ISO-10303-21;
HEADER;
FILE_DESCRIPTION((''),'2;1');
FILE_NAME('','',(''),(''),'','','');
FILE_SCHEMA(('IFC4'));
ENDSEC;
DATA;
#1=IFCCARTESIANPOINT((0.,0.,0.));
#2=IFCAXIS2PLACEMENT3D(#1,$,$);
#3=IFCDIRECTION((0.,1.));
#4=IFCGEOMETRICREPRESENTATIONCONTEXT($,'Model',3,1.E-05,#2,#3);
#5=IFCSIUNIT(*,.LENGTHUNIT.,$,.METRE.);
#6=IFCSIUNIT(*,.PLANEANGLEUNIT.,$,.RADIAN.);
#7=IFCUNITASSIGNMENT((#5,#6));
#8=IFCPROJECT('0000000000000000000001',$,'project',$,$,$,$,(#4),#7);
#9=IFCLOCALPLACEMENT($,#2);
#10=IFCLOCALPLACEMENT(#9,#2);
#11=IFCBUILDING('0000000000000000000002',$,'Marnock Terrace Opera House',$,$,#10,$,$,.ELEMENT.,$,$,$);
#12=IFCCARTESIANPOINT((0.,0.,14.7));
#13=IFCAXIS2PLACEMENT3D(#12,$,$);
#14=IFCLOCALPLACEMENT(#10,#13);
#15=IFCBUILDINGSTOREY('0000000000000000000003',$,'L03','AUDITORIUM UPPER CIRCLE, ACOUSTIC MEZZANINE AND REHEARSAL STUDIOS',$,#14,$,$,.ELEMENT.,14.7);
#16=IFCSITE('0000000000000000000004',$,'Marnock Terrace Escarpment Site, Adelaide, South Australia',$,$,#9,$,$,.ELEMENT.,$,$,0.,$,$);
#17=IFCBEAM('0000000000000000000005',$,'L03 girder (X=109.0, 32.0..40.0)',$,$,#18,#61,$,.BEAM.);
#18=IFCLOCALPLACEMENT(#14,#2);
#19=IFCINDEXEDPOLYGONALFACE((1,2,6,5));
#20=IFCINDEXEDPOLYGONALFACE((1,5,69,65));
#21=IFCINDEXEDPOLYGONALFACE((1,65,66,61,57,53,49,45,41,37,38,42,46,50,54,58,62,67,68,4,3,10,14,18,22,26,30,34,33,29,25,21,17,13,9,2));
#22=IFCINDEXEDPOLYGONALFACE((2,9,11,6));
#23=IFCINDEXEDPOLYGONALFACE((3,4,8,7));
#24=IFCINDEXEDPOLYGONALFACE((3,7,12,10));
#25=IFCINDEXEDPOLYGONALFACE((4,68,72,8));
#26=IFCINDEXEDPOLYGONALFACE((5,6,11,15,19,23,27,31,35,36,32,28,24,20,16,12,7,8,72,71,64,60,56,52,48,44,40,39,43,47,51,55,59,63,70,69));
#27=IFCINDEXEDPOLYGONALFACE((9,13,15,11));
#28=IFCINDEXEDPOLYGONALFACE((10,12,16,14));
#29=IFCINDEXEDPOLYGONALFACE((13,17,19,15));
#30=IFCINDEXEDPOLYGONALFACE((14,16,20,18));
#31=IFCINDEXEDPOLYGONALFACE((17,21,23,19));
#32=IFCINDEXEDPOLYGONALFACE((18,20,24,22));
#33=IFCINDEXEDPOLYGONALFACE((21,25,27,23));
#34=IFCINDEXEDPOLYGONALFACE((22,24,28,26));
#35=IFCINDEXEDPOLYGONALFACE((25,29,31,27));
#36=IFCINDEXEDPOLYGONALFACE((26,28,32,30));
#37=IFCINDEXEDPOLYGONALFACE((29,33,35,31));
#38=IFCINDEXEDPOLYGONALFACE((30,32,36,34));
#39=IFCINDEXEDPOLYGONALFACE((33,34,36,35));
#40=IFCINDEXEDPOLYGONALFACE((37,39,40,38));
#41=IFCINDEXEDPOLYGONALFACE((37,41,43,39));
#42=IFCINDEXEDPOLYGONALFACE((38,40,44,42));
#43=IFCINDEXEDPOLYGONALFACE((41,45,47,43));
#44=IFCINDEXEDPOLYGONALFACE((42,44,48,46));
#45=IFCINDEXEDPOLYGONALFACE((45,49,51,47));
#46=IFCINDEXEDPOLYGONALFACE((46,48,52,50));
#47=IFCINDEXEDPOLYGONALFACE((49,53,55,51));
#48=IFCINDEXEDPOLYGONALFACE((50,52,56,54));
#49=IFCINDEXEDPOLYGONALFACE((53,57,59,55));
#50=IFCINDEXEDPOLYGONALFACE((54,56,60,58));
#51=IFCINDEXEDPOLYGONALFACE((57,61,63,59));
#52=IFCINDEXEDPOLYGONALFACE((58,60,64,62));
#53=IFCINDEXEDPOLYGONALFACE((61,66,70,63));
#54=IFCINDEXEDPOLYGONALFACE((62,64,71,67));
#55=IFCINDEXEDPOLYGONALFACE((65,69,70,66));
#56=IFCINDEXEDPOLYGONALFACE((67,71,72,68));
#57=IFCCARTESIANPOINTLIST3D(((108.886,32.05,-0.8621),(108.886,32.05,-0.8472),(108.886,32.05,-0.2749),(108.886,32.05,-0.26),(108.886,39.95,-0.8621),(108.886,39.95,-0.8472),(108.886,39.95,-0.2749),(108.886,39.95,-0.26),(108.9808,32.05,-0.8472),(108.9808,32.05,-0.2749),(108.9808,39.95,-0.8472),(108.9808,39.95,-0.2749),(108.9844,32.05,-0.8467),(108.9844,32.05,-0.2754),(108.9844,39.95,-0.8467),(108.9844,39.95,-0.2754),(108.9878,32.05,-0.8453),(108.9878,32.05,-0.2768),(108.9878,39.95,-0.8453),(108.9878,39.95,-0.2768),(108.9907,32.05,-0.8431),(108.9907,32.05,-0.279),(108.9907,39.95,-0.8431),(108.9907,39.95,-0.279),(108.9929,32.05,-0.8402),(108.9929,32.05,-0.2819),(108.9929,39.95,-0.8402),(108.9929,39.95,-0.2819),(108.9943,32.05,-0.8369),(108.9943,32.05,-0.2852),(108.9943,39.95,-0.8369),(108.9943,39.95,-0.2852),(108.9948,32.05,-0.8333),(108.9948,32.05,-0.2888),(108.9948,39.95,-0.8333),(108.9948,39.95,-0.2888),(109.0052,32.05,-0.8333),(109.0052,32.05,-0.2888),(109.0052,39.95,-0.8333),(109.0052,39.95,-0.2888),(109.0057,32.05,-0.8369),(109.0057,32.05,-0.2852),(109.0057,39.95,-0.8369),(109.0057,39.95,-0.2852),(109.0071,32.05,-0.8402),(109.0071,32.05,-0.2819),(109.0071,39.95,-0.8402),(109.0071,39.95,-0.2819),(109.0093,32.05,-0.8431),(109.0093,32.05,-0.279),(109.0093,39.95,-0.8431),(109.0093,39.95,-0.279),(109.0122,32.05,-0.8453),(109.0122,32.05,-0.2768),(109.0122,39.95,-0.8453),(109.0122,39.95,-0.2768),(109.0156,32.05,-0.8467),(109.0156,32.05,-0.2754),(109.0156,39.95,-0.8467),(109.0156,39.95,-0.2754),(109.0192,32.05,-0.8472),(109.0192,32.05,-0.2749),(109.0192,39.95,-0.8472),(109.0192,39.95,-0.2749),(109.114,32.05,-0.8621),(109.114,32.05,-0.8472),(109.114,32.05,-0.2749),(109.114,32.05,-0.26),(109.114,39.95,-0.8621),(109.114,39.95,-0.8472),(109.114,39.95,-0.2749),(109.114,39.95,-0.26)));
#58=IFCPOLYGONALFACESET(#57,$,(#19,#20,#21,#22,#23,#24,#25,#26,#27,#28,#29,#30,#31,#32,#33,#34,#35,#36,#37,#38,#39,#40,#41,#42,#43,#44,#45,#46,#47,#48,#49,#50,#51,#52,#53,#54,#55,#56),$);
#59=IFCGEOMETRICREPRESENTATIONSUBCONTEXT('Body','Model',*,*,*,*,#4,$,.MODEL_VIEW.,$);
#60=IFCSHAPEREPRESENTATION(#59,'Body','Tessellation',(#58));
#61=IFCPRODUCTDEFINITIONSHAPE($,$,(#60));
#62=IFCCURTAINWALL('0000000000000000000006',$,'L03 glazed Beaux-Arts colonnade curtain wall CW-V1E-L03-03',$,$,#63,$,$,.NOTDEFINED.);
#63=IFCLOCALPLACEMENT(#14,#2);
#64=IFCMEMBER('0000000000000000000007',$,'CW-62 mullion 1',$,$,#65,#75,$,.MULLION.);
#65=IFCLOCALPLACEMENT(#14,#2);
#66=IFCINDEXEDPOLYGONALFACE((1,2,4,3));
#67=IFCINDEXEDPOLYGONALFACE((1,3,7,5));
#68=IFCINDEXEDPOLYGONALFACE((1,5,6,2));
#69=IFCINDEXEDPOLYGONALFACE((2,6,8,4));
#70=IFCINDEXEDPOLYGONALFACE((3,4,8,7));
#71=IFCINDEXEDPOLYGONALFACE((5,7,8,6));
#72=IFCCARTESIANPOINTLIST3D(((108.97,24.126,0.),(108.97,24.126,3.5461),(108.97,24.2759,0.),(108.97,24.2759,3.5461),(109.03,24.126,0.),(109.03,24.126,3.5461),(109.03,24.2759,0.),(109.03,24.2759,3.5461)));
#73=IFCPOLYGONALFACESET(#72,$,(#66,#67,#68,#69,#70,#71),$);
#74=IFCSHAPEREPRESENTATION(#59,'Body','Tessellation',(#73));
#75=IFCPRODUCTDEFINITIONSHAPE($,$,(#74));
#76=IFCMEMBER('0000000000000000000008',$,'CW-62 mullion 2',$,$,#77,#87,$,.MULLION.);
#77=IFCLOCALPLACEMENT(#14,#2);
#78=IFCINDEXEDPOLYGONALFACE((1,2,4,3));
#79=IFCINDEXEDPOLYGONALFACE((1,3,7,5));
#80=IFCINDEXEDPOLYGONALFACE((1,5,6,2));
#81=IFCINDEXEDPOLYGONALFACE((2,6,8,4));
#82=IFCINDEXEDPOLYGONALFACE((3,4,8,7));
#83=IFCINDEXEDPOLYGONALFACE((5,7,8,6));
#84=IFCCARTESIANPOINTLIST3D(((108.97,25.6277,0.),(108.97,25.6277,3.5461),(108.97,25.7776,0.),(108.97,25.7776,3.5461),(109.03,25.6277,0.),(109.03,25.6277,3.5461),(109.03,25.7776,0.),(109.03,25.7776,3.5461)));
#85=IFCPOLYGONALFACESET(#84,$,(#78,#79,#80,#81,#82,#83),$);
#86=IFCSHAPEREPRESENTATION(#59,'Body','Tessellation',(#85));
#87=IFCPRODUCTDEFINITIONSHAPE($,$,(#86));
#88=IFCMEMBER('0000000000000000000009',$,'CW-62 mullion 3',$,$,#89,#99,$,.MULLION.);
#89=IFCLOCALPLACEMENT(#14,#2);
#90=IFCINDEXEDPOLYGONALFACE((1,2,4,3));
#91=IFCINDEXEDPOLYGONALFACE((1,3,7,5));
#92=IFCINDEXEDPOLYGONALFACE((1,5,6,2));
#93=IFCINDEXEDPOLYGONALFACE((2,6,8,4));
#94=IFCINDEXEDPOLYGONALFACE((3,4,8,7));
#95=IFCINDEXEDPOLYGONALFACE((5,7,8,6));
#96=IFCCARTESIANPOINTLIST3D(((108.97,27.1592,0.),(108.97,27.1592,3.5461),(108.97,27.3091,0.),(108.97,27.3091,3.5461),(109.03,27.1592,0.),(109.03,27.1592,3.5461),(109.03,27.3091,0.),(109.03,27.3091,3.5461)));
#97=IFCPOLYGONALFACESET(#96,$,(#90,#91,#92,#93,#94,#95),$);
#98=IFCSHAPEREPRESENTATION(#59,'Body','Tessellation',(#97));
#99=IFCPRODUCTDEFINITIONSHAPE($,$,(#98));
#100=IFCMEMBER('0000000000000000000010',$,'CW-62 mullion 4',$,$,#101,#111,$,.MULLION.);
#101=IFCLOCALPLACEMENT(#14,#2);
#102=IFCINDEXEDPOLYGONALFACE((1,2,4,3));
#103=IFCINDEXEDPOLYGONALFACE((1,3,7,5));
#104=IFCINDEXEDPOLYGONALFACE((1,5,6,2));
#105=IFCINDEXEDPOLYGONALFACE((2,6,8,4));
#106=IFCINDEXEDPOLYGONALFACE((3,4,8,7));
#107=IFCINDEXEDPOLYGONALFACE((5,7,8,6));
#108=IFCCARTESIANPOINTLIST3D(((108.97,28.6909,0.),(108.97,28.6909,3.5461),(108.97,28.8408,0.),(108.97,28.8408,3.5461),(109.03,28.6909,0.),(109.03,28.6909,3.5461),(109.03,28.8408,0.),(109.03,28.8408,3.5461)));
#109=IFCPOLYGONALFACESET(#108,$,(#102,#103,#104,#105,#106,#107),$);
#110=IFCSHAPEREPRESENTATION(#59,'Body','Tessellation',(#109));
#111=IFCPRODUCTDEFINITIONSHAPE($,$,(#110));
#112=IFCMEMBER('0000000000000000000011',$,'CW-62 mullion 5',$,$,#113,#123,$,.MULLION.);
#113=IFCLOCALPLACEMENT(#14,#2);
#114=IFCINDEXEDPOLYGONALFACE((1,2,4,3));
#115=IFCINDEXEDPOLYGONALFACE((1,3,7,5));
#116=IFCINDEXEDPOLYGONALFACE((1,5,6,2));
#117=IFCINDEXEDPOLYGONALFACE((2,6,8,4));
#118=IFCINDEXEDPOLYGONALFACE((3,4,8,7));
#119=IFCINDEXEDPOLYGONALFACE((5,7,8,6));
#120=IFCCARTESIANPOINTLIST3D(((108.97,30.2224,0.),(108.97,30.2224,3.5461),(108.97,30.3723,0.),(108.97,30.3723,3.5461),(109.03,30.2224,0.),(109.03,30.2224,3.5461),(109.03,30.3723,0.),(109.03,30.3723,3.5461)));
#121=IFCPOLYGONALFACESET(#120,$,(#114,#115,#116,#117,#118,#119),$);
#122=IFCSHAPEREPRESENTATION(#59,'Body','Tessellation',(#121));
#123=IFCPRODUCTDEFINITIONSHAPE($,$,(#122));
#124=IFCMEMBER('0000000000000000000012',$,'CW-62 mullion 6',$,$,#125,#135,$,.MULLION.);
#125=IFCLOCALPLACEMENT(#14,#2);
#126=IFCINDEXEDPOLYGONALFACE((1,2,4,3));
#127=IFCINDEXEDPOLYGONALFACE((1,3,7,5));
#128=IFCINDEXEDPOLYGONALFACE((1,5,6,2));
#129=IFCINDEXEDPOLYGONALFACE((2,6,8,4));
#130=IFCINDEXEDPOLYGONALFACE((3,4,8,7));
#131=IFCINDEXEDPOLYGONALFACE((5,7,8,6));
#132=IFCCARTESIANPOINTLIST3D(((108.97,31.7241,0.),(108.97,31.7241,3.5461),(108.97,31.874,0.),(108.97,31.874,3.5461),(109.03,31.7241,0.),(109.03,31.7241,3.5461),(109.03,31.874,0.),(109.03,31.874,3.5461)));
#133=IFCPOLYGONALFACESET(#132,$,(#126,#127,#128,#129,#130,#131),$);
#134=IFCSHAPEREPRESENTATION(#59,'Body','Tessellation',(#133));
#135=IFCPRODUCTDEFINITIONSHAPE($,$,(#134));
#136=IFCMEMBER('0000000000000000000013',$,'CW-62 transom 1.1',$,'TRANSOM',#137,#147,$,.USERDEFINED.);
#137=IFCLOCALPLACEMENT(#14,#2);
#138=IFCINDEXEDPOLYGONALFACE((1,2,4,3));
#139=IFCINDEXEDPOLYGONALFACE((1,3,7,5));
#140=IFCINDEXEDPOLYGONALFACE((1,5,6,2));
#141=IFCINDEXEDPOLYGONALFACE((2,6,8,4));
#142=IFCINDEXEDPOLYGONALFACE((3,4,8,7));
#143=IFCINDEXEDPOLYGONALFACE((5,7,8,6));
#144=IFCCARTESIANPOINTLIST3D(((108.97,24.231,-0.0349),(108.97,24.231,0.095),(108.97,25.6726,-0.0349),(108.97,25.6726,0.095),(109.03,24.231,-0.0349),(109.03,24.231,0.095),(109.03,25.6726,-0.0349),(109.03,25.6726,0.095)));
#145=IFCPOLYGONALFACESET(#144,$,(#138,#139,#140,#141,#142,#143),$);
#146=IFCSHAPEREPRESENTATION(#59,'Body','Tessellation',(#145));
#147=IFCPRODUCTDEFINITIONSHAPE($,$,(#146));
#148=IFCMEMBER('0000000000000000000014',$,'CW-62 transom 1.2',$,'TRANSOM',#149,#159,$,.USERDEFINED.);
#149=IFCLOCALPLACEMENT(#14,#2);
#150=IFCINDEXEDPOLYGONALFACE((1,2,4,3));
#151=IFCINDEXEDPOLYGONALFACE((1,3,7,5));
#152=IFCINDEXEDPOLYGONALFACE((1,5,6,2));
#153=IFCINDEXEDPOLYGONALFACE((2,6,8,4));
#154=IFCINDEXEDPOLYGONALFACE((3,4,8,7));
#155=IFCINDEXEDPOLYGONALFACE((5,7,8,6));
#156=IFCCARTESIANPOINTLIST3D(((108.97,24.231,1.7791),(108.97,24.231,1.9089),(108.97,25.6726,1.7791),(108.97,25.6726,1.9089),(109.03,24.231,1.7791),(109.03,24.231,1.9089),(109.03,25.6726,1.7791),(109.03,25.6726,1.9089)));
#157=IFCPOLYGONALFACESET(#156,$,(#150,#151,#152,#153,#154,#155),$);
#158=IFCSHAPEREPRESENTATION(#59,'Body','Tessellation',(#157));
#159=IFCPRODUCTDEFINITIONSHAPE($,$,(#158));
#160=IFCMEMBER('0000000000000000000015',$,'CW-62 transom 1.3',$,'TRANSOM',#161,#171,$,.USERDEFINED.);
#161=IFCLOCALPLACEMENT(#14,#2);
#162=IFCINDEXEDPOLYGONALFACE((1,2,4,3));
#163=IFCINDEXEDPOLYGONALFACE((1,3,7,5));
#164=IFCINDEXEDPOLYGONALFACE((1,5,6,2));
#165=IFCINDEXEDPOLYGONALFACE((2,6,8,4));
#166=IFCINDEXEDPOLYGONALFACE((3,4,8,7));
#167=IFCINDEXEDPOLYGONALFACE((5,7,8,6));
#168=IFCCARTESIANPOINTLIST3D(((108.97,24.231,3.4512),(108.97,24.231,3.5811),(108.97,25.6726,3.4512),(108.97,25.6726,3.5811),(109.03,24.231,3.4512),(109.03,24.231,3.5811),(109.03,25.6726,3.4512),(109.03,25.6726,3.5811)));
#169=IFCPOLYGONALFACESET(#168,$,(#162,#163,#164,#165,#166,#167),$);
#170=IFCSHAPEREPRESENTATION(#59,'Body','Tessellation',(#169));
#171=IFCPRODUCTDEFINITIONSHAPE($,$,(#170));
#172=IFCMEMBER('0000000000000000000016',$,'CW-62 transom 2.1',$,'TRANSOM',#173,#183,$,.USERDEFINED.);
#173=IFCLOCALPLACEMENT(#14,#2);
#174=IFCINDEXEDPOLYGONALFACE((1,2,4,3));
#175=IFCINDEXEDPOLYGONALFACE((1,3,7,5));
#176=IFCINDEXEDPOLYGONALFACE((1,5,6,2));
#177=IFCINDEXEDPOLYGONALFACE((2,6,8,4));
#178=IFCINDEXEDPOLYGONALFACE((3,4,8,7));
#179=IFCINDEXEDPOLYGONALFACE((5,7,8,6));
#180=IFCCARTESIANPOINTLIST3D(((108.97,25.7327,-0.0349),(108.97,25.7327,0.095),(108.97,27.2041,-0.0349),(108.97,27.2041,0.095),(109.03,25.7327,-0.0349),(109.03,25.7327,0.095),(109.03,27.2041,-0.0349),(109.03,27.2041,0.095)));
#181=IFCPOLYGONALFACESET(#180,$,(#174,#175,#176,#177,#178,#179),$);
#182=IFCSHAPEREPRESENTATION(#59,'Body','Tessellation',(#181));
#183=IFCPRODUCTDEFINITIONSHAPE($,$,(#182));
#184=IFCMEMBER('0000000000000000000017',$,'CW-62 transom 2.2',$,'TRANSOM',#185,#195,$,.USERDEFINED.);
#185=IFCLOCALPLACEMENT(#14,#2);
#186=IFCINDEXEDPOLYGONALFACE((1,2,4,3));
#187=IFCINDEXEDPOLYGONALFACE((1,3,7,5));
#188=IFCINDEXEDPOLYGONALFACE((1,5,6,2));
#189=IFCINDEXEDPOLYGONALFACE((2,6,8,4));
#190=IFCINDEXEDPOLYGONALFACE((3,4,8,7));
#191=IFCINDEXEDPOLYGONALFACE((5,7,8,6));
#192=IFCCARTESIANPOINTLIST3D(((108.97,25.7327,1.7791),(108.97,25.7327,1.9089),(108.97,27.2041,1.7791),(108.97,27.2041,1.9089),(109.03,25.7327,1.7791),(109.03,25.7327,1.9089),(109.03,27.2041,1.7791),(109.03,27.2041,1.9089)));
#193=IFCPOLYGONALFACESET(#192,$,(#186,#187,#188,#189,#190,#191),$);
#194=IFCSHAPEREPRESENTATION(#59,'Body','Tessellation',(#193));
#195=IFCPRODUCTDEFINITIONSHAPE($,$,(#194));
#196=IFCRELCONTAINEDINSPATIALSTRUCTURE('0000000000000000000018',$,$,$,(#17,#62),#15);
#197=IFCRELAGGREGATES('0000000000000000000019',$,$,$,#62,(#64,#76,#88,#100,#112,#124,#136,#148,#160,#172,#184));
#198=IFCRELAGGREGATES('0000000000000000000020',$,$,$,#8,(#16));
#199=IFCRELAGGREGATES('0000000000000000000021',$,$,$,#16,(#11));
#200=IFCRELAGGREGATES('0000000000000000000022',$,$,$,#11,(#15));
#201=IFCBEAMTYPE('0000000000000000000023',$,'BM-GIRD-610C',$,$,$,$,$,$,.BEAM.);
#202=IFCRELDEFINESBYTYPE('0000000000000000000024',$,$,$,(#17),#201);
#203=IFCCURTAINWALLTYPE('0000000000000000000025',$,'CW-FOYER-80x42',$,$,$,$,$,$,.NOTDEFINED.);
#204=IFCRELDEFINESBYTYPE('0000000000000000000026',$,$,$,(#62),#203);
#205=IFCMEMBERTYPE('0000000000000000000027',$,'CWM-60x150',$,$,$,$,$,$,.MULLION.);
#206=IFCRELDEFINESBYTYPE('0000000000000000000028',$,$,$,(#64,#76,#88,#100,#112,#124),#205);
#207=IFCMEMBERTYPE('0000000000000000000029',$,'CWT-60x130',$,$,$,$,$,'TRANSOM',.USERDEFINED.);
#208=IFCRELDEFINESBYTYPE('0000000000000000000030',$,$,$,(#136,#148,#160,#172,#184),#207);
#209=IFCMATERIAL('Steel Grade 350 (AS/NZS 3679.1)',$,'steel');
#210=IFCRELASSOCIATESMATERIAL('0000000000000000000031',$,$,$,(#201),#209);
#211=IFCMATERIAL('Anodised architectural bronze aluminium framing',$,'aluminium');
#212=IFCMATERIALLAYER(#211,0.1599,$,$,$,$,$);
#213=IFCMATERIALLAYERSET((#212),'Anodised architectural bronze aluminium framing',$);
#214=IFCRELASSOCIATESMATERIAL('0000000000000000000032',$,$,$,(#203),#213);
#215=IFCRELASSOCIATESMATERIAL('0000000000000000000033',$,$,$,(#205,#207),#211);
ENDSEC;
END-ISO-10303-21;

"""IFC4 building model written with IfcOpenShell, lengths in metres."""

from ifc_helpers import new_model, si_unit, direction, frame, origin, origin_2d, place, context, subcontext, project, spatial, rectangle, i_section, extrude, material, layer, layer_set, material_profile, profile_set, type_object, element, aggregate, save


model = new_model("IFC4")

# Units and contexts
model_context = context("Model", 3, precision=1e-05, world=origin(), true_north=direction((0.0, 1.0)))
body_context = subcontext(model_context, "Body", "Model", "MODEL_VIEW")
ifc_project = project(units=[si_unit("LENGTHUNIT", "METRE"), si_unit("PLANEANGLEUNIT", "RADIAN")], contexts=[model_context])

# Site, building, storey
site_placement = place(None, origin())
site = spatial("IfcSite", under=ifc_project, at=site_placement, Name="Marnock Terrace Escarpment Site, Adelaide, South Australia", CompositionType="ELEMENT", RefElevation=0.0)
building_placement = place(site_placement, origin())
building = spatial("IfcBuilding", under=site, at=building_placement, Name="Marnock Terrace Opera House", CompositionType="ELEMENT")
storey_placement = place(building_placement, frame((0.0, 0.0, 14.7)))
storey = spatial("IfcBuildingStorey", under=building, at=storey_placement, Name="L03", Description="AUDITORIUM UPPER CIRCLE, ACOUSTIC MEZZANINE AND REHEARSAL STUDIOS", CompositionType="ELEMENT", Elevation=14.7)

# Beam
ifc_material_1 = material(Name="Steel Grade 350 (AS/NZS 3679.1)", Category="steel")
ifc_material_profile_1 = material_profile(ifc_material_1, i_section(OverallWidth=0.228, OverallDepth=0.6021, WebThickness=0.0105, FlangeThickness=0.0149, FilletRadius=0.0139, at=origin_2d()))
ifc_profile_set_1 = profile_set([ifc_material_profile_1], Name="Steel Grade 350 (AS/NZS 3679.1)")
beam_type = type_object("IfcBeamType", Name="BM-GIRD-610C", PredefinedType="BEAM", material=ifc_profile_set_1)
beam_placement = place(storey_placement, frame((109.0, 32.05, -0.561), z_axis=(0.0, 1.0, 0.0), x_axis=(-1.0, 0.0, 0.0)))
element("IfcBeam", 1, at=beam_placement, inside=storey, type_object=beam_type, Name="L03 girder (X=109.0, 32.0..40.0)", PredefinedType="BEAM", context=body_context, shape_type="SweptSolid", body=[
    extrude(i_section(OverallWidth=0.228, OverallDepth=0.6021, WebThickness=0.0105, FlangeThickness=0.0149, FilletRadius=0.0139, at=origin_2d()), origin(), (0.0, 0.0, 1.0), 7.8999),
])

# Curtain wall, members
ifc_material_2 = material(Name="Anodised architectural bronze aluminium framing", Category="aluminium")
ifc_layer_1 = layer(ifc_material_2, 0.1599)
ifc_layer_set_1 = layer_set([ifc_layer_1], Name="Anodised architectural bronze aluminium framing")
curtain_wall_type = type_object("IfcCurtainWallType", Name="CW-FOYER-80x42", PredefinedType="NOTDEFINED", material=ifc_layer_set_1)
curtain_wall_placement = place(storey_placement, origin())
curtain_wall = element("IfcCurtainWall", 2, at=curtain_wall_placement, inside=storey, type_object=curtain_wall_type, Name="L03 glazed Beaux-Arts colonnade curtain wall CW-V1E-L03-03", PredefinedType="NOTDEFINED")
ifc_material_profile_2 = material_profile(ifc_material_2, rectangle(XDim=0.0601, YDim=0.1499, at=origin_2d()))
ifc_profile_set_2 = profile_set([ifc_material_profile_2], Name="Anodised architectural bronze aluminium framing")
member_type_1 = type_object("IfcMemberType", Name="CWM-60x150", PredefinedType="MULLION", material=ifc_profile_set_2)
member_1_placement = place(storey_placement, frame((109.0, 24.2009, 0.0), z_axis=(0.0, 0.0, 1.0), x_axis=(-1.0, 0.0, 0.0)))
member_1 = element("IfcMember", 3, at=member_1_placement, type_object=member_type_1, Name="CW-62 mullion 1", PredefinedType="MULLION", context=body_context, shape_type="SweptSolid", body=[
    extrude(rectangle(XDim=0.0601, YDim=0.1499, at=origin_2d()), origin(), (0.0, 0.0, 1.0), 3.5461),
])
member_2_placement = place(storey_placement, frame((109.0, 25.7026, 0.0), z_axis=(0.0, 0.0, 1.0), x_axis=(-1.0, 0.0, 0.0)))
member_2 = element("IfcMember", 4, at=member_2_placement, type_object=member_type_1, Name="CW-62 mullion 2", PredefinedType="MULLION", context=body_context, shape_type="SweptSolid", body=[
    extrude(rectangle(XDim=0.0601, YDim=0.1499, at=origin_2d()), origin(), (0.0, 0.0, 1.0), 3.5461),
])
member_3_placement = place(storey_placement, frame((109.0, 27.2341, 0.0), z_axis=(0.0, 0.0, 1.0), x_axis=(-1.0, 0.0, 0.0)))
member_3 = element("IfcMember", 5, at=member_3_placement, type_object=member_type_1, Name="CW-62 mullion 3", PredefinedType="MULLION", context=body_context, shape_type="SweptSolid", body=[
    extrude(rectangle(XDim=0.0601, YDim=0.1499, at=origin_2d()), origin(), (0.0, 0.0, 1.0), 3.5461),
])
member_4_placement = place(storey_placement, frame((109.0, 28.7659, 0.0), z_axis=(0.0, 0.0, 1.0), x_axis=(-1.0, 0.0, 0.0)))
member_4 = element("IfcMember", 6, at=member_4_placement, type_object=member_type_1, Name="CW-62 mullion 4", PredefinedType="MULLION", context=body_context, shape_type="SweptSolid", body=[
    extrude(rectangle(XDim=0.0601, YDim=0.1499, at=origin_2d()), origin(), (0.0, 0.0, 1.0), 3.5461),
])
member_5_placement = place(storey_placement, frame((109.0, 30.2974, 0.0), z_axis=(0.0, 0.0, 1.0), x_axis=(-1.0, 0.0, 0.0)))
member_5 = element("IfcMember", 7, at=member_5_placement, type_object=member_type_1, Name="CW-62 mullion 5", PredefinedType="MULLION", context=body_context, shape_type="SweptSolid", body=[
    extrude(rectangle(XDim=0.0601, YDim=0.1499, at=origin_2d()), origin(), (0.0, 0.0, 1.0), 3.5461),
])
member_6_placement = place(storey_placement, frame((109.0, 31.7991, 0.0), z_axis=(0.0, 0.0, 1.0), x_axis=(-1.0, 0.0, 0.0)))
member_6 = element("IfcMember", 8, at=member_6_placement, type_object=member_type_1, Name="CW-62 mullion 6", PredefinedType="MULLION", context=body_context, shape_type="SweptSolid", body=[
    extrude(rectangle(XDim=0.0601, YDim=0.1499, at=origin_2d()), origin(), (0.0, 0.0, 1.0), 3.5461),
])
ifc_material_profile_3 = material_profile(ifc_material_2, rectangle(XDim=0.0601, YDim=0.1299, at=origin_2d()))
ifc_profile_set_3 = profile_set([ifc_material_profile_3], Name="Anodised architectural bronze aluminium framing")
member_type_2 = type_object("IfcMemberType", Name="CWT-60x130", ElementType="TRANSOM", PredefinedType="USERDEFINED", material=ifc_profile_set_3)
member_7_placement = place(storey_placement, frame((109.0, 24.231, 0.03), z_axis=(0.0, 1.0, 0.0), x_axis=(-1.0, 0.0, 0.0)))
member_7 = element("IfcMember", 9, at=member_7_placement, type_object=member_type_2, Name="CW-62 transom 1.1", ObjectType="TRANSOM", PredefinedType="USERDEFINED", context=body_context, shape_type="SweptSolid", body=[
    extrude(rectangle(XDim=0.0601, YDim=0.1299, at=origin_2d()), origin(), (0.0, 0.0, 1.0), 1.4417),
])
member_8_placement = place(storey_placement, frame((109.0, 24.231, 1.844), z_axis=(0.0, 1.0, 0.0), x_axis=(-1.0, 0.0, 0.0)))
member_8 = element("IfcMember", 10, at=member_8_placement, type_object=member_type_2, Name="CW-62 transom 1.2", ObjectType="TRANSOM", PredefinedType="USERDEFINED", context=body_context, shape_type="SweptSolid", body=[
    extrude(rectangle(XDim=0.0601, YDim=0.1299, at=origin_2d()), origin(), (0.0, 0.0, 1.0), 1.4417),
])
member_9_placement = place(storey_placement, frame((109.0, 24.231, 3.5161), z_axis=(0.0, 1.0, 0.0), x_axis=(-1.0, 0.0, 0.0)))
member_9 = element("IfcMember", 11, at=member_9_placement, type_object=member_type_2, Name="CW-62 transom 1.3", ObjectType="TRANSOM", PredefinedType="USERDEFINED", context=body_context, shape_type="SweptSolid", body=[
    extrude(rectangle(XDim=0.0601, YDim=0.1299, at=origin_2d()), origin(), (0.0, 0.0, 1.0), 1.4417),
])
member_10_placement = place(storey_placement, frame((109.0, 25.7327, 0.03), z_axis=(0.0, 1.0, 0.0), x_axis=(-1.0, 0.0, 0.0)))
member_10 = element("IfcMember", 12, at=member_10_placement, type_object=member_type_2, Name="CW-62 transom 2.1", ObjectType="TRANSOM", PredefinedType="USERDEFINED", context=body_context, shape_type="SweptSolid", body=[
    extrude(rectangle(XDim=0.0601, YDim=0.1299, at=origin_2d()), origin(), (0.0, 0.0, 1.0), 1.4714),
])
member_11_placement = place(storey_placement, frame((109.0, 25.7327, 1.844), z_axis=(0.0, 1.0, 0.0), x_axis=(-1.0, 0.0, 0.0)))
member_11 = element("IfcMember", 13, at=member_11_placement, type_object=member_type_2, Name="CW-62 transom 2.2", ObjectType="TRANSOM", PredefinedType="USERDEFINED", context=body_context, shape_type="SweptSolid", body=[
    extrude(rectangle(XDim=0.0601, YDim=0.1299, at=origin_2d()), origin(), (0.0, 0.0, 1.0), 1.4714),
])
aggregate(curtain_wall, [member_1, member_2, member_3, member_4, member_5, member_6, member_7, member_8, member_9, member_10, member_11])

save(model, "model.ifc")
